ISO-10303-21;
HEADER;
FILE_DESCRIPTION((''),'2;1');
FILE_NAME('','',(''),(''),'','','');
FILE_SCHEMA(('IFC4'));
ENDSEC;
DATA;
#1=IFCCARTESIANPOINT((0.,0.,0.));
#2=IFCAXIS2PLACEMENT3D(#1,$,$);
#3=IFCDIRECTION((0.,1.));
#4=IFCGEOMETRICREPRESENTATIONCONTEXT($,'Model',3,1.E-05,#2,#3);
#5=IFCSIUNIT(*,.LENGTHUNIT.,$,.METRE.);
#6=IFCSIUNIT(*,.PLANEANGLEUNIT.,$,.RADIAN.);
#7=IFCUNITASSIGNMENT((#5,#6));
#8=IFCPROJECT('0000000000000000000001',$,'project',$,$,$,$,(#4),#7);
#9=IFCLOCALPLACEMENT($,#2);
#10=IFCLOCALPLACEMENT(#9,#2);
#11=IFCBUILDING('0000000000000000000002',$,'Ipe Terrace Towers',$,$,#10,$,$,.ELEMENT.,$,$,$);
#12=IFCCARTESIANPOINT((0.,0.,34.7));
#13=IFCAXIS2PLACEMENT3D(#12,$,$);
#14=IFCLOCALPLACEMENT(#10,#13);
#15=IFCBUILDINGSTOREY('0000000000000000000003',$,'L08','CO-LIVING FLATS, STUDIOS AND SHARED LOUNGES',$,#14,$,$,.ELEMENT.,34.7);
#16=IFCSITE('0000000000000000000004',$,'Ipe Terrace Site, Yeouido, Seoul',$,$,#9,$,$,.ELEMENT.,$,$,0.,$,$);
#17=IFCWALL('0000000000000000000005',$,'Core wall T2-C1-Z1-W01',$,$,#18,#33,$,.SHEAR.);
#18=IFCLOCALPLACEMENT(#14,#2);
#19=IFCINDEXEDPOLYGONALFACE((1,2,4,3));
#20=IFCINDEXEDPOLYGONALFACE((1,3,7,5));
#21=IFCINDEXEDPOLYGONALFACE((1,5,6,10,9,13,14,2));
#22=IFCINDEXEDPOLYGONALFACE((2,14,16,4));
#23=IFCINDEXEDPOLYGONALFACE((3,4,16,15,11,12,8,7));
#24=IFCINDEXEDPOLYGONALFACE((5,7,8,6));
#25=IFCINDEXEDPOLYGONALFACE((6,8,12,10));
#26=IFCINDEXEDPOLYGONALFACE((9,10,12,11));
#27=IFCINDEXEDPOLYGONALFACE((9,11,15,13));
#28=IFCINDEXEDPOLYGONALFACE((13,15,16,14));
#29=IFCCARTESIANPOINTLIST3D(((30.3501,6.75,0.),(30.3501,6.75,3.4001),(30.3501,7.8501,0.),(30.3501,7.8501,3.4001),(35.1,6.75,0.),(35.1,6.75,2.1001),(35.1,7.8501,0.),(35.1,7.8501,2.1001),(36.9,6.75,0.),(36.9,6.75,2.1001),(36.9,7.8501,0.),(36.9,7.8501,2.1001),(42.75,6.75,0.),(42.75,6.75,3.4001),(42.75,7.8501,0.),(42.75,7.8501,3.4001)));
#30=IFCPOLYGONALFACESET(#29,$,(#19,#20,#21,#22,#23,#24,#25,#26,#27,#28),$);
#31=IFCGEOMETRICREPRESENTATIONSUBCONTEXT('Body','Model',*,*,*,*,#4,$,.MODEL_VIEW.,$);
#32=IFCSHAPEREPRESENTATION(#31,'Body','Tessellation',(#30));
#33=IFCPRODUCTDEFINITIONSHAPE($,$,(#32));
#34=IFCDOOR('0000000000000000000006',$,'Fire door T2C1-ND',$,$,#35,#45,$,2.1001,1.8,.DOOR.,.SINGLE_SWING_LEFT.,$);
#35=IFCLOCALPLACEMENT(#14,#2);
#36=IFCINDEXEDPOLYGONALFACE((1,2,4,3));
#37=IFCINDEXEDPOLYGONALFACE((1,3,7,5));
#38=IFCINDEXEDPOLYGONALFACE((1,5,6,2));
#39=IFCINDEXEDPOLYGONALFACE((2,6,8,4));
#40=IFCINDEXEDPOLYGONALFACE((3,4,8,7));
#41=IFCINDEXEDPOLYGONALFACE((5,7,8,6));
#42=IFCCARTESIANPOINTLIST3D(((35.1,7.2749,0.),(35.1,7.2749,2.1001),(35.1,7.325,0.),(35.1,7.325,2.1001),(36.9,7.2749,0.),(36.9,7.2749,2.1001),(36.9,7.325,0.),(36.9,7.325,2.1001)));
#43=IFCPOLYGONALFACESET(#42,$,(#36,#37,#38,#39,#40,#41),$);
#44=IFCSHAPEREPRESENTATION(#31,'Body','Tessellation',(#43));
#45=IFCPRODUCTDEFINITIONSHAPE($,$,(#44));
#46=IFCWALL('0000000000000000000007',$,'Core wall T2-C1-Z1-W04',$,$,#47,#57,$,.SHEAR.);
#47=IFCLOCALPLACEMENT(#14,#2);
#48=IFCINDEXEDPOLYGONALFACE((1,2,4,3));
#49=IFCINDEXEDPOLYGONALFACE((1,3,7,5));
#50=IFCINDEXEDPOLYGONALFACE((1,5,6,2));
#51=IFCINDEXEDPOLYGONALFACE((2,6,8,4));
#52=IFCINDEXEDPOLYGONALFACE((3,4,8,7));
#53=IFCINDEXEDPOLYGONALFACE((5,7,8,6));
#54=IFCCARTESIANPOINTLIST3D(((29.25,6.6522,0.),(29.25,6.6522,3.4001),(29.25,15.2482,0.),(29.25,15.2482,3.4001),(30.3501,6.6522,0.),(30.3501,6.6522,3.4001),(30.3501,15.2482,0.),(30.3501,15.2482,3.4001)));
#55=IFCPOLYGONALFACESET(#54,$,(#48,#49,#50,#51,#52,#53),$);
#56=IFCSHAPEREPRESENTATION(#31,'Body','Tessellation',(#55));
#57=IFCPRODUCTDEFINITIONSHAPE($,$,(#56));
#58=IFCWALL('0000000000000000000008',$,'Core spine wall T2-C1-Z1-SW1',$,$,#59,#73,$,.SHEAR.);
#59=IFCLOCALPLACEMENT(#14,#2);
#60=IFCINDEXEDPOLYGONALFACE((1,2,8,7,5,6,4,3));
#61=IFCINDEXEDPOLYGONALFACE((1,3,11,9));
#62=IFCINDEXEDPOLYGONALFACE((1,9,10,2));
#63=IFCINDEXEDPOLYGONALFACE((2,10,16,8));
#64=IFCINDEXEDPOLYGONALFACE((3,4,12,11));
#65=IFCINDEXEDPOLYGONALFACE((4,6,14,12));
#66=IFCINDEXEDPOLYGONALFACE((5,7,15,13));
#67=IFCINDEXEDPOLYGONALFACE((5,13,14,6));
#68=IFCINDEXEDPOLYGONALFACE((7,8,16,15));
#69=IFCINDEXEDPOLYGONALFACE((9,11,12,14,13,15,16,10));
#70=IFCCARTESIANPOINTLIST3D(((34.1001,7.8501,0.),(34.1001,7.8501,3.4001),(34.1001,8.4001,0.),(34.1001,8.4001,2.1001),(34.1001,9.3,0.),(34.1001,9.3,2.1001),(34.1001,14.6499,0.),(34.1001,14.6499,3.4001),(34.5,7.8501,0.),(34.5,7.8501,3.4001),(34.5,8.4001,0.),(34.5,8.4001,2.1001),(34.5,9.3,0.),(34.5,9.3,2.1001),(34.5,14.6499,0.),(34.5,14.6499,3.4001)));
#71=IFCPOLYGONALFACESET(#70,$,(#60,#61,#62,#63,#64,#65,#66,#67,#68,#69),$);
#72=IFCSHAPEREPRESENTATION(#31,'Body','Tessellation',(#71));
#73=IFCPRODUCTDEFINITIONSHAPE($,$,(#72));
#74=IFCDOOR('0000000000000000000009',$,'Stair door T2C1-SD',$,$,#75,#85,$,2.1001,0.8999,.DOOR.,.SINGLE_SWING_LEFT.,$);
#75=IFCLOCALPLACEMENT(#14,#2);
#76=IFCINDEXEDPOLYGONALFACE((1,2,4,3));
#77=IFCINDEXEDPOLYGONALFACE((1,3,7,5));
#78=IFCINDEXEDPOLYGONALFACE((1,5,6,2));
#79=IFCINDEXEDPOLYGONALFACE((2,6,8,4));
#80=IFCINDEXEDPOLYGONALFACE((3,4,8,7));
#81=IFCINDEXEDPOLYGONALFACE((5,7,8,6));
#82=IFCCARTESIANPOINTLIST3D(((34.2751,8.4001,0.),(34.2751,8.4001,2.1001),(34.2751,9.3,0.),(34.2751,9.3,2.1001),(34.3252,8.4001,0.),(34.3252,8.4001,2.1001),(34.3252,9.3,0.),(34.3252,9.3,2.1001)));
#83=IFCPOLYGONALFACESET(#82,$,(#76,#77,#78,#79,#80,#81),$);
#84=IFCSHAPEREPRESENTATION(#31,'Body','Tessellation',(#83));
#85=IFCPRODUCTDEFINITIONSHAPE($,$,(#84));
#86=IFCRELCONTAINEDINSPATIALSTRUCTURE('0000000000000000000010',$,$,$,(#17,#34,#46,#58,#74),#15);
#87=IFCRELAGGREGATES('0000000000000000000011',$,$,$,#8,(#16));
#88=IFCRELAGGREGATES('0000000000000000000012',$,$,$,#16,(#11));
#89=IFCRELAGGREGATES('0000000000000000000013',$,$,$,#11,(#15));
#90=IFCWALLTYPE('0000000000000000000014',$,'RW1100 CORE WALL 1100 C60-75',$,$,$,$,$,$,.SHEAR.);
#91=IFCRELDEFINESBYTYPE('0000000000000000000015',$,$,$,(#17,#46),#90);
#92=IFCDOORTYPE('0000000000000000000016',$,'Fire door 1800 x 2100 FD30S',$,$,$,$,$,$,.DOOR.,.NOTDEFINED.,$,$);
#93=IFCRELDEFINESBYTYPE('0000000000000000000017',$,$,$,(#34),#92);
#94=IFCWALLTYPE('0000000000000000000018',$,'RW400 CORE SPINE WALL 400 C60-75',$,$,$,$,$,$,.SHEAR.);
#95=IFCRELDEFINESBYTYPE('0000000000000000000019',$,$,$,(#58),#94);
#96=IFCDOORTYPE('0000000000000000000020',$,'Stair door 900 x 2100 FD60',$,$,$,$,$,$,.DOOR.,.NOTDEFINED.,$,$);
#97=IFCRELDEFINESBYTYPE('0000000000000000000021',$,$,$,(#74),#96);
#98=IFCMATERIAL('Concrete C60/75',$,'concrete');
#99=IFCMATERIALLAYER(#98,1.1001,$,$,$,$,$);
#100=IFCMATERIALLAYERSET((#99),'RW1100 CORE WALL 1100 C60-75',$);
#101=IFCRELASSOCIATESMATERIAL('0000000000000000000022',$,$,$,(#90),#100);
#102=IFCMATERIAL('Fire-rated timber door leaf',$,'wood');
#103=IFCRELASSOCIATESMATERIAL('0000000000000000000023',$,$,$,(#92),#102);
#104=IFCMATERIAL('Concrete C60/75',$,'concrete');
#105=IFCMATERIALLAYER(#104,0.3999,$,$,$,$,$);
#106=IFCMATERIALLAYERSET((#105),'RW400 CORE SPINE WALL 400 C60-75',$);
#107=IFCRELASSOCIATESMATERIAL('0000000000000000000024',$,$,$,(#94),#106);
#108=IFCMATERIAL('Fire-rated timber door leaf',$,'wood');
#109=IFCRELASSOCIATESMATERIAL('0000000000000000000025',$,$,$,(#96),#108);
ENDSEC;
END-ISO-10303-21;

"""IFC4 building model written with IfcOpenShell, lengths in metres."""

from ifc_helpers import new_model, si_unit, direction, frame, frame_2d, origin, place, context, subcontext, project, spatial, rectangle, extrude, material, layer, layer_set, type_object, element, fill, save


model = new_model("IFC4")

# Units and contexts
model_context = context("Model", 3, precision=1e-05, world=origin(), true_north=direction((0.0, 1.0)))
body_context = subcontext(model_context, "Body", "Model", "MODEL_VIEW")
ifc_project = project(units=[si_unit("LENGTHUNIT", "METRE"), si_unit("PLANEANGLEUNIT", "RADIAN")], contexts=[model_context])

# Site, building, storey
site_placement = place(None, origin())
site = spatial("IfcSite", under=ifc_project, at=site_placement, Name="Ipe Terrace Site, Yeouido, Seoul", CompositionType="ELEMENT", RefElevation=0.0)
building_placement = place(site_placement, origin())
building = spatial("IfcBuilding", under=site, at=building_placement, Name="Ipe Terrace Towers", CompositionType="ELEMENT")
storey_placement = place(building_placement, frame((0.0, 0.0, 34.7)))
storey = spatial("IfcBuildingStorey", under=building, at=storey_placement, Name="L08", Description="CO-LIVING FLATS, STUDIOS AND SHARED LOUNGES", CompositionType="ELEMENT", Elevation=34.7)

# Wall, opening, door
ifc_material_1 = material(Name="Concrete C60/75", Category="concrete")
ifc_layer_1 = layer(ifc_material_1, 1.1001)
ifc_layer_set_1 = layer_set([ifc_layer_1], Name="RW1100 CORE WALL 1100 C60-75")
wall_type_1 = type_object("IfcWallType", Name="RW1100 CORE WALL 1100 C60-75", PredefinedType="SHEAR", material=ifc_layer_set_1)
wall_1_placement = place(storey_placement, frame((30.3501, 7.3, 0.0), z_axis=(0.0, 0.0, 1.0), x_axis=(1.0, 0.0, 0.0)))
wall_1 = element("IfcWall", 1, at=wall_1_placement, inside=storey, type_object=wall_type_1, Name="Core wall T2-C1-Z1-W01", PredefinedType="SHEAR", context=body_context, shape_type="SweptSolid", body=[
    extrude(rectangle(XDim=12.3999, YDim=1.1001, at=frame_2d((6.2, 0.0))), origin(), (0.0, 0.0, 1.0), 3.4001),
])
opening_1_placement = place(wall_1_placement, frame((4.75, 0.0, 0.0)))
opening_1 = element("IfcOpeningElement", 2, at=opening_1_placement, cuts=wall_1, PredefinedType="OPENING", context=body_context, shape_type="SweptSolid", body=[
    extrude(rectangle(XDim=1.8, YDim=2.1001, at=frame_2d((0.8999, 1.05))), frame((0.0, 0.5601, 0.0), z_axis=(0.0, -1.0, 0.0), x_axis=(1.0, 0.0, 0.0)), (0.0, 0.0, 1.0), 1.1201),
])
ifc_material_2 = material(Name="Fire-rated timber door leaf", Category="wood")
door_type_1 = type_object("IfcDoorType", Name="Fire door 1800 x 2100 FD30S", OperationType="NOTDEFINED", PredefinedType="DOOR", material=ifc_material_2)
door_1_placement = place(opening_1_placement, origin())
door_1 = element("IfcDoor", 3, at=door_1_placement, inside=storey, type_object=door_type_1, Name="Fire door T2C1-ND", OperationType="SINGLE_SWING_LEFT", OverallHeight=2.1001, OverallWidth=1.8, PredefinedType="DOOR", context=body_context, shape_type="SweptSolid", body=[
    extrude(rectangle(XDim=1.8, YDim=2.1001, at=frame_2d((0.8999, 1.05))), frame((0.0, 0.0249, 0.0), z_axis=(0.0, -1.0, 0.0), x_axis=(1.0, 0.0, 0.0)), (0.0, 0.0, 1.0), 0.05),
])
fill(opening_1, door_1)

# Wall
wall_2_placement = place(storey_placement, frame((29.8, 15.248, 0.0), z_axis=(0.0, 0.0, 1.0), x_axis=(0.0, -1.0, 0.0)))
element("IfcWall", 4, at=wall_2_placement, inside=storey, type_object=wall_type_1, Name="Core wall T2-C1-Z1-W04", PredefinedType="SHEAR", context=body_context, shape_type="SweptSolid", body=[
    extrude(rectangle(XDim=8.5959, YDim=1.1001, at=frame_2d((4.2979, 0.0))), origin(), (0.0, 0.0, 1.0), 3.4001),
])

# Wall, opening, door
ifc_material_3 = material(Name="Concrete C60/75", Category="concrete")
ifc_layer_2 = layer(ifc_material_3, 0.3999)
ifc_layer_set_2 = layer_set([ifc_layer_2], Name="RW400 CORE SPINE WALL 400 C60-75")
wall_type_2 = type_object("IfcWallType", Name="RW400 CORE SPINE WALL 400 C60-75", PredefinedType="SHEAR", material=ifc_layer_set_2)
wall_3_placement = place(storey_placement, frame((34.3, 7.8501, 0.0), z_axis=(0.0, 0.0, 1.0), x_axis=(0.0, 1.0, 0.0)))
wall_3 = element("IfcWall", 5, at=wall_3_placement, inside=storey, type_object=wall_type_2, Name="Core spine wall T2-C1-Z1-SW1", PredefinedType="SHEAR", context=body_context, shape_type="SweptSolid", body=[
    extrude(rectangle(XDim=6.7998, YDim=0.3999, at=frame_2d((3.3999, 0.0))), origin(), (0.0, 0.0, 1.0), 3.4001),
])
opening_2_placement = place(wall_3_placement, frame((0.55, 0.0, 0.0)))
opening_2 = element("IfcOpeningElement", 6, at=opening_2_placement, cuts=wall_3, PredefinedType="OPENING", context=body_context, shape_type="SweptSolid", body=[
    extrude(rectangle(XDim=0.8999, YDim=2.1001, at=frame_2d((0.45, 1.05))), frame((0.0, 0.21, 0.0), z_axis=(0.0, -1.0, 0.0), x_axis=(1.0, 0.0, 0.0)), (0.0, 0.0, 1.0), 0.4199),
])
ifc_material_4 = material(Name="Fire-rated timber door leaf", Category="wood")
door_type_2 = type_object("IfcDoorType", Name="Stair door 900 x 2100 FD60", OperationType="NOTDEFINED", PredefinedType="DOOR", material=ifc_material_4)
door_2_placement = place(opening_2_placement, origin())
door_2 = element("IfcDoor", 7, at=door_2_placement, inside=storey, type_object=door_type_2, Name="Stair door T2C1-SD", OperationType="SINGLE_SWING_LEFT", OverallHeight=2.1001, OverallWidth=0.8999, PredefinedType="DOOR", context=body_context, shape_type="SweptSolid", body=[
    extrude(rectangle(XDim=0.8999, YDim=2.1001, at=frame_2d((0.45, 1.05))), frame((0.0, 0.0249, 0.0), z_axis=(0.0, -1.0, 0.0), x_axis=(1.0, 0.0, 0.0)), (0.0, 0.0, 1.0), 0.05),
])
fill(opening_2, door_2)

save(model, "model.ifc")
